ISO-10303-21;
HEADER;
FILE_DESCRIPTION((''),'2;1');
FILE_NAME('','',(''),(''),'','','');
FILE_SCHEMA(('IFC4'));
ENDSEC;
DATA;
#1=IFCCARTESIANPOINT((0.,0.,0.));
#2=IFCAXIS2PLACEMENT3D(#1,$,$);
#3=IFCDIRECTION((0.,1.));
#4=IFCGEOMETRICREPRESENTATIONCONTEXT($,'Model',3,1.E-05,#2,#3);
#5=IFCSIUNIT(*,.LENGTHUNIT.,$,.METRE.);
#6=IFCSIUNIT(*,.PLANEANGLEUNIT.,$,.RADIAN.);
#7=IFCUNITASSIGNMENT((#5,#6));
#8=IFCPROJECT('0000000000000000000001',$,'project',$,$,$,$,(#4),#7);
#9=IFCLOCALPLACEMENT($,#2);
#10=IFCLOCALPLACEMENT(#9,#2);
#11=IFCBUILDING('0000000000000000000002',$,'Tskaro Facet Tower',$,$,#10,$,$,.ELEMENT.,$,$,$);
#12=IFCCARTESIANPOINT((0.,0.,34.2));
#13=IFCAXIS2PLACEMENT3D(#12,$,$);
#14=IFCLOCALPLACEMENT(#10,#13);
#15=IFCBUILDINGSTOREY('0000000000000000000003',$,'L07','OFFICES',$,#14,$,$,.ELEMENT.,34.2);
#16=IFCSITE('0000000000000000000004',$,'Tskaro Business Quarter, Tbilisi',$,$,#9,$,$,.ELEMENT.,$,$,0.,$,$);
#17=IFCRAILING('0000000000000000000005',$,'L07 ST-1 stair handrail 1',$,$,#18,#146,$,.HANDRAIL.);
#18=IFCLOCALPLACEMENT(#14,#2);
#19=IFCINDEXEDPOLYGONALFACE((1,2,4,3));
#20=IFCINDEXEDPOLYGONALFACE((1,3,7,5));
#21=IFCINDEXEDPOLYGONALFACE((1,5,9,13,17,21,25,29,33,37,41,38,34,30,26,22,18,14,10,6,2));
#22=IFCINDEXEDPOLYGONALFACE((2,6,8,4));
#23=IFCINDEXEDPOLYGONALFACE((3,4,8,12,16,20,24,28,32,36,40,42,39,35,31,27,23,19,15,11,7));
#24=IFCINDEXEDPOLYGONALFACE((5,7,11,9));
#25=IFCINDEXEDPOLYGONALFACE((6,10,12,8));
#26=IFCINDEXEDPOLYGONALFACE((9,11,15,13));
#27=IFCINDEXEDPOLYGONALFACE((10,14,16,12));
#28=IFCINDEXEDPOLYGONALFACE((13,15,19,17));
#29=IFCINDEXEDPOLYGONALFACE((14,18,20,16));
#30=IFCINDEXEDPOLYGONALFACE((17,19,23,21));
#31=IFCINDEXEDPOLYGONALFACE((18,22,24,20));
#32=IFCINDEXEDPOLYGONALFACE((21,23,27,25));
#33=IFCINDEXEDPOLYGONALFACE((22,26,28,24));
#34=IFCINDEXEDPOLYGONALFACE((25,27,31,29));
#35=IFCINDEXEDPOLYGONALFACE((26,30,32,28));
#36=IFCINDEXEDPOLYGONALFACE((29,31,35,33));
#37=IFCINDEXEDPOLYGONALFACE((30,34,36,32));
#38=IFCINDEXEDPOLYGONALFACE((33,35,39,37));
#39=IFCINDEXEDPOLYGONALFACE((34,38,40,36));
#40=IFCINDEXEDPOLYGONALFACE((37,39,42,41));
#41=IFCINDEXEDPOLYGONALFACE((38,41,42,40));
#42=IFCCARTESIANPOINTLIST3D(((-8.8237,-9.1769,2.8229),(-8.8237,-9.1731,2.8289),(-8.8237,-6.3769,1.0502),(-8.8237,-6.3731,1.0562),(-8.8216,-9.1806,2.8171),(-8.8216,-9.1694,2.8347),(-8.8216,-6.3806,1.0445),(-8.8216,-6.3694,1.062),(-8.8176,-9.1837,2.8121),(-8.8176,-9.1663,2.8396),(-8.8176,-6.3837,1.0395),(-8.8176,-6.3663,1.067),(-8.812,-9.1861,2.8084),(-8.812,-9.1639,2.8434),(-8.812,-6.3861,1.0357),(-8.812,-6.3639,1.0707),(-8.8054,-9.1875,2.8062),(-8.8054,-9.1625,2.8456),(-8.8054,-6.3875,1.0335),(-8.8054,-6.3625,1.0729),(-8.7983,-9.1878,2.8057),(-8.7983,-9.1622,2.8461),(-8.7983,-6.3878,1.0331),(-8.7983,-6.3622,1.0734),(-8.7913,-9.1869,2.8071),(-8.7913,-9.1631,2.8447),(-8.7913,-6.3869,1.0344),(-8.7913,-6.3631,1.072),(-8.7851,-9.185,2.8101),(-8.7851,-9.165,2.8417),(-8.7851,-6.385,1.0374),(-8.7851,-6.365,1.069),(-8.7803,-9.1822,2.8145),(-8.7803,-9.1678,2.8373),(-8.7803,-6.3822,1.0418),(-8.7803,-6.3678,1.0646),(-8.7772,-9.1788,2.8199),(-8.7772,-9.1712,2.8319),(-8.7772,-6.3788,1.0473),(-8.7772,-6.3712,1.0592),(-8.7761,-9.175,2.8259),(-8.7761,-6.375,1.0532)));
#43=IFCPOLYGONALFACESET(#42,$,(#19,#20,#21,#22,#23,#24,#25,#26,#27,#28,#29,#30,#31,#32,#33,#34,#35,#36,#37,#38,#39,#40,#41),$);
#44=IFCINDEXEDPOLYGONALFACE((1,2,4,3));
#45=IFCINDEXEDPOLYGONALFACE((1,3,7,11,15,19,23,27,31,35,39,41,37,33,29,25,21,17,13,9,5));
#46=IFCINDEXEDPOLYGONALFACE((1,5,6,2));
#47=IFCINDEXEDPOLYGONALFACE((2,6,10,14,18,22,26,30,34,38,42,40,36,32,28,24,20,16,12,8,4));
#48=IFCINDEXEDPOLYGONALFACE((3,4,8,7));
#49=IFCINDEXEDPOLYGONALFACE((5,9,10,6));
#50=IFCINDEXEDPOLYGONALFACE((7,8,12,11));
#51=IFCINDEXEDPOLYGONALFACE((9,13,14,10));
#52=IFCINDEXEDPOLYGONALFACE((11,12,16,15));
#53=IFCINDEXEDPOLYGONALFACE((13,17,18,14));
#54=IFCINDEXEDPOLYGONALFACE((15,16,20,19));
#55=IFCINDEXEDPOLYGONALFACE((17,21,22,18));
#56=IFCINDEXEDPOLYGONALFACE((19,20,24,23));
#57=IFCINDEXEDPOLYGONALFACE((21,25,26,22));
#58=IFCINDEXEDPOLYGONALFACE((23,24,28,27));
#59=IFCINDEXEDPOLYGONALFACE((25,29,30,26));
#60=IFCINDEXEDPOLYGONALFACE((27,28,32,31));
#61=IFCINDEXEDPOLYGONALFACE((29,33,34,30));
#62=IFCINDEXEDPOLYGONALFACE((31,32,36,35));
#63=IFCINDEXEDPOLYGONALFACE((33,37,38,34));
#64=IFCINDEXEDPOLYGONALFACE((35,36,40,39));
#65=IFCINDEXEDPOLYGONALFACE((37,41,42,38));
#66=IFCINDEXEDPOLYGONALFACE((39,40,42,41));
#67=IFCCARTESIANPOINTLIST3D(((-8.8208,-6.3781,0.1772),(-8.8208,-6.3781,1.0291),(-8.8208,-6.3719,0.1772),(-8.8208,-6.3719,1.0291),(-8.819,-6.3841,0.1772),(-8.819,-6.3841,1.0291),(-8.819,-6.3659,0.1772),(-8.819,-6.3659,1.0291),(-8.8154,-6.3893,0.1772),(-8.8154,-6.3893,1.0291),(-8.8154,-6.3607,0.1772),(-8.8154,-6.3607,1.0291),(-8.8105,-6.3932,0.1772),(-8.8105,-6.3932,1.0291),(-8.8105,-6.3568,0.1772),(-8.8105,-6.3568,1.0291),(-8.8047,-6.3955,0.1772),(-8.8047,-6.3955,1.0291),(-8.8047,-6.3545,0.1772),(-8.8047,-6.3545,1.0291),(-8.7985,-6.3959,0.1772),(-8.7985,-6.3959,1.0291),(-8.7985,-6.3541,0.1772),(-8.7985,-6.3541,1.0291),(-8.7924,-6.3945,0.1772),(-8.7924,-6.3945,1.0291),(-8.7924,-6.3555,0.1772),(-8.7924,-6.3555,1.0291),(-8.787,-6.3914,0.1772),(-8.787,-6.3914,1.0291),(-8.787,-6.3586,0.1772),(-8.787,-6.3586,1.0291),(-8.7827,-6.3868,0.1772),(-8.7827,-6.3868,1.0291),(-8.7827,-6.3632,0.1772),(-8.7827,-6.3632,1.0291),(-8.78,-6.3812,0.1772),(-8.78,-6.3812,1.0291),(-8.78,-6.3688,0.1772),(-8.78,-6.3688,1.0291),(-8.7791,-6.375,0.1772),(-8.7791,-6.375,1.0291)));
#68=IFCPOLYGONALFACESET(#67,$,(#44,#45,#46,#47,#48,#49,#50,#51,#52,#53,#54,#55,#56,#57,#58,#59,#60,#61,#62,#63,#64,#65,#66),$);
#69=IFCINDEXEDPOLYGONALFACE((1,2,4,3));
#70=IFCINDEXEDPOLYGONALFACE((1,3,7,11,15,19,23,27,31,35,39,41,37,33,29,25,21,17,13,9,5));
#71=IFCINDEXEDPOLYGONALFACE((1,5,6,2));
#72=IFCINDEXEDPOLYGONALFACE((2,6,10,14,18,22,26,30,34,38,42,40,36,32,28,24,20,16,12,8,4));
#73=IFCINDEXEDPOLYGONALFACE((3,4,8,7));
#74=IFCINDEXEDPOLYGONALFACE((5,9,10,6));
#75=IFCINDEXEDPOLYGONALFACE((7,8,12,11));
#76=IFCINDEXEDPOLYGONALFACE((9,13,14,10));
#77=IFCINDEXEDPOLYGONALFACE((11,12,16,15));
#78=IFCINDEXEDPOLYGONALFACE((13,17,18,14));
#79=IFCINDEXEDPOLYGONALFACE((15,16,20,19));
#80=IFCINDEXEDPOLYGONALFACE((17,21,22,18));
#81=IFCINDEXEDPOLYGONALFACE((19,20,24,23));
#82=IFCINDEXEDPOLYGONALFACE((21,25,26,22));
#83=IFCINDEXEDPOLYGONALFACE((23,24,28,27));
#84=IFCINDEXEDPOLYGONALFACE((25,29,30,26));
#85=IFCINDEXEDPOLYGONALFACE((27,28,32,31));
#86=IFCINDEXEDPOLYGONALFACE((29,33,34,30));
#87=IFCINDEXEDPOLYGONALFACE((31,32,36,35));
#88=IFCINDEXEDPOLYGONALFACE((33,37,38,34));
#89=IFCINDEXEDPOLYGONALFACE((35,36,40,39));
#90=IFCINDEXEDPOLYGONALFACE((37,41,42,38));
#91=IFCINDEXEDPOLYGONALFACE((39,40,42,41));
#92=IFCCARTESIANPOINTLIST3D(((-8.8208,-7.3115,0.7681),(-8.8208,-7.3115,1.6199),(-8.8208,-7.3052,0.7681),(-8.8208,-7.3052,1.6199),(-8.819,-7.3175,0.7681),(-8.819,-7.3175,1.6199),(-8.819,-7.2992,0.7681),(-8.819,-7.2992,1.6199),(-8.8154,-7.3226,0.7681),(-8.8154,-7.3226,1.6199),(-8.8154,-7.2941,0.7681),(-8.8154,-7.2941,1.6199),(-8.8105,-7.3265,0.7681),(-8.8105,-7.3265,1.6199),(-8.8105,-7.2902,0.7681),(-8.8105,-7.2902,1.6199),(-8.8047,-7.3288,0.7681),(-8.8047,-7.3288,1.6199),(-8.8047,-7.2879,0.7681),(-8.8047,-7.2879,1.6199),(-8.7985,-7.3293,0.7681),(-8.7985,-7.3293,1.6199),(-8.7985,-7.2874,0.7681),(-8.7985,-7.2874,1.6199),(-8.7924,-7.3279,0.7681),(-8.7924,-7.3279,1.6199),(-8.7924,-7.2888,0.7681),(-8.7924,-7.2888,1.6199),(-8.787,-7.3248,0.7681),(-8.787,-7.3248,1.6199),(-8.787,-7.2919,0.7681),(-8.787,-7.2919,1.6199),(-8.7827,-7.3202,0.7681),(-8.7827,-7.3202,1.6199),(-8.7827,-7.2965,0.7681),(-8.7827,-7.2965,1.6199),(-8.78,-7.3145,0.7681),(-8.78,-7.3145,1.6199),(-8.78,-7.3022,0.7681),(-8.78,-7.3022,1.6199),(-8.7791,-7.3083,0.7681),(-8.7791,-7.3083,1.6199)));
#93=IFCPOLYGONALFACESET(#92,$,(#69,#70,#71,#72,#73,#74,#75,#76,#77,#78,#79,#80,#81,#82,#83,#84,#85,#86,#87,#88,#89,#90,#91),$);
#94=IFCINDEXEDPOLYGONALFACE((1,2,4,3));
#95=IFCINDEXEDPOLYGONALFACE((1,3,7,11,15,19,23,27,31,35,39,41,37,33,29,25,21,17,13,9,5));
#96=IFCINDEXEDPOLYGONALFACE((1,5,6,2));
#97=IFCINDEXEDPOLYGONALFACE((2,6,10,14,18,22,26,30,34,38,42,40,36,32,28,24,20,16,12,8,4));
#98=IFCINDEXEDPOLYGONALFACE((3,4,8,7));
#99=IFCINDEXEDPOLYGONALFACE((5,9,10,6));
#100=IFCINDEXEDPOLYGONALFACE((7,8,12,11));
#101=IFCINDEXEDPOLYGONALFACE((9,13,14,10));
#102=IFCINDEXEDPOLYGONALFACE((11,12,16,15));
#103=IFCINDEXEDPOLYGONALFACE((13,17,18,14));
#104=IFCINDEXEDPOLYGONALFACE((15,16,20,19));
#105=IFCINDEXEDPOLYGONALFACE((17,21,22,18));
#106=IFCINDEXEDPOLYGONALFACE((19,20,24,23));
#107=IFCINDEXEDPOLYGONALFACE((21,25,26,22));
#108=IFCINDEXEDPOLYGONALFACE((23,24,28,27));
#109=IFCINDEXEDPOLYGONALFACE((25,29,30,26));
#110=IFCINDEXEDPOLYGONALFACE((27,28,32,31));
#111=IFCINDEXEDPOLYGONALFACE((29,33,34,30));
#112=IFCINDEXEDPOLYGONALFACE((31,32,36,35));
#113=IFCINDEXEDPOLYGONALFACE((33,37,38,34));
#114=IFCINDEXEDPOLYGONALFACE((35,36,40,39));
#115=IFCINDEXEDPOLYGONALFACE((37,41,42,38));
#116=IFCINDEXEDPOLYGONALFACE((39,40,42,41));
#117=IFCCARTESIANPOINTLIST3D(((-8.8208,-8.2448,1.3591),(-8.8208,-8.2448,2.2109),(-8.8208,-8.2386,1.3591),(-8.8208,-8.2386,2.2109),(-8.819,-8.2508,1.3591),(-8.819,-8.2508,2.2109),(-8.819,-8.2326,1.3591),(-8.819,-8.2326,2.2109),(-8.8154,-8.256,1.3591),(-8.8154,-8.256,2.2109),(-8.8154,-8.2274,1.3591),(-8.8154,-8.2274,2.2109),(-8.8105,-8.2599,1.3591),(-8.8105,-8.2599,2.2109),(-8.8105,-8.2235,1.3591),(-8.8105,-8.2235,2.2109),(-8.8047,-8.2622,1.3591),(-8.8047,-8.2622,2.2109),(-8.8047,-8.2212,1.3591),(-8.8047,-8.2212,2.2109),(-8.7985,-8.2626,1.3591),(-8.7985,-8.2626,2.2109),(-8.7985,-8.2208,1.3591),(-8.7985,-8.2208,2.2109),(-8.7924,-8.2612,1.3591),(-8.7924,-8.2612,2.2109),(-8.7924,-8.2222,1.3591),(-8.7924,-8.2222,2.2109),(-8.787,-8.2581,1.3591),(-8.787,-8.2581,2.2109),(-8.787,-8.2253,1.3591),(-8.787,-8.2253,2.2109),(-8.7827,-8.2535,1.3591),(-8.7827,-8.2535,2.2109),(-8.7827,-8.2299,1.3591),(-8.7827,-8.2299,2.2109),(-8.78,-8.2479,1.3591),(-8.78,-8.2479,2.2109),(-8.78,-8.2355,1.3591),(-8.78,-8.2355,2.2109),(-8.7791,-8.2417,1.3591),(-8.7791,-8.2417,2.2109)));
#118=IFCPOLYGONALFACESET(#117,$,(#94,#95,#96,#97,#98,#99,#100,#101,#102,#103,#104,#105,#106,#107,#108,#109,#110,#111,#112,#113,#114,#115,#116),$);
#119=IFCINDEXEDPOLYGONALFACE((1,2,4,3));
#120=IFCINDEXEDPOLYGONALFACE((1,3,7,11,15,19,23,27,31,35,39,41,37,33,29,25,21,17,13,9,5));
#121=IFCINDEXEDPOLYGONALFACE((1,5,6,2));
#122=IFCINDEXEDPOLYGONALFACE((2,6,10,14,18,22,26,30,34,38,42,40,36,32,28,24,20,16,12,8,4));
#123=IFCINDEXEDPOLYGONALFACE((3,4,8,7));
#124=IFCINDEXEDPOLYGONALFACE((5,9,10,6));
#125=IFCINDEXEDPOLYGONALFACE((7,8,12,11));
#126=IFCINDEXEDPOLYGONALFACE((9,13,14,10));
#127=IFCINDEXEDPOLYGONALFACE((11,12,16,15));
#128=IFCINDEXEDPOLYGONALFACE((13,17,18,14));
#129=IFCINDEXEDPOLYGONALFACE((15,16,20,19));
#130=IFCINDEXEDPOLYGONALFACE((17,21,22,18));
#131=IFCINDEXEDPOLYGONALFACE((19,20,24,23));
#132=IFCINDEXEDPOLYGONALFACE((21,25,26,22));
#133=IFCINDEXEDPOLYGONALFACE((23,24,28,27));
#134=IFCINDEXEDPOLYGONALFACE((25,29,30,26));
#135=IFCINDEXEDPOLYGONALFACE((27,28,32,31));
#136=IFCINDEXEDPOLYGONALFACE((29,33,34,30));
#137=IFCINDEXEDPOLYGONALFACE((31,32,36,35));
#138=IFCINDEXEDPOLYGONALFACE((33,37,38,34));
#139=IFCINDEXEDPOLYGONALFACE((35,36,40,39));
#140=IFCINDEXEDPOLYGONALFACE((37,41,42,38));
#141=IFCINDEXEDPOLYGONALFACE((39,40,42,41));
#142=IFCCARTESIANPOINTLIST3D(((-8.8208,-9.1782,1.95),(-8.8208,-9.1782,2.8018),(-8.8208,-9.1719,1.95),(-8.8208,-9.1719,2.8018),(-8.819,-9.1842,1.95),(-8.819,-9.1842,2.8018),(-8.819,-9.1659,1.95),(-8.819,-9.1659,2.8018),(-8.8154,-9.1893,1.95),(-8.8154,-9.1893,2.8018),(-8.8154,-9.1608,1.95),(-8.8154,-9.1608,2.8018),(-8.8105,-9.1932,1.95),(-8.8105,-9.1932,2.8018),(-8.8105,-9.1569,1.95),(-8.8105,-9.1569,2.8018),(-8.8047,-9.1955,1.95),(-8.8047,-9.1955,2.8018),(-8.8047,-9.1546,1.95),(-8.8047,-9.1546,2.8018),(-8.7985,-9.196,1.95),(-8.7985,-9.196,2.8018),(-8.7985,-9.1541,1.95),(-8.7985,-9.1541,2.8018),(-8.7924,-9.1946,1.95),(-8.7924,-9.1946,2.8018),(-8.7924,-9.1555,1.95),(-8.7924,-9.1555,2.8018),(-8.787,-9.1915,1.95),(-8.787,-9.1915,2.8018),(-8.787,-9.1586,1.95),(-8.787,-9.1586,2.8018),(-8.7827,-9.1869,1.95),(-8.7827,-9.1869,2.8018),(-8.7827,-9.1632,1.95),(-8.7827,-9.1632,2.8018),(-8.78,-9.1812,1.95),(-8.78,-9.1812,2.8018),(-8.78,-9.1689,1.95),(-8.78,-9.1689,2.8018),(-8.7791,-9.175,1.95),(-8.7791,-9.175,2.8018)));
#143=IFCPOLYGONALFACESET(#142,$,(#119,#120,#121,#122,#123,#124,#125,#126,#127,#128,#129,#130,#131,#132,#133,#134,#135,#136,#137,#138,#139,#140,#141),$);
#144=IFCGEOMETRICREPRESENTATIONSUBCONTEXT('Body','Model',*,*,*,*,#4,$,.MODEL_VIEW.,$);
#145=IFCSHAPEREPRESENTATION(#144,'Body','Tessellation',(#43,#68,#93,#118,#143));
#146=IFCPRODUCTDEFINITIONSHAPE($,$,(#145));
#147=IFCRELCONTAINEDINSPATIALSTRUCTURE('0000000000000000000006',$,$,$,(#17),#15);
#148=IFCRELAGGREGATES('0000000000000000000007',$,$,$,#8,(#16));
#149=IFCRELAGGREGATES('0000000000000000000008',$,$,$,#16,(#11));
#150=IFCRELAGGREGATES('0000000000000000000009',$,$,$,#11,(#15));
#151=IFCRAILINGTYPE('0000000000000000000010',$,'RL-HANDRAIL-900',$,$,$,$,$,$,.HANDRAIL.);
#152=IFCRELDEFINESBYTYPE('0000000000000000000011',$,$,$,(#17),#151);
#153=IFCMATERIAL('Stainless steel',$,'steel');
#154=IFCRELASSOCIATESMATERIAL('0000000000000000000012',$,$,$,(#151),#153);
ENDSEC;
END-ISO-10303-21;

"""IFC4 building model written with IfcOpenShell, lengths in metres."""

from ifc_helpers import new_model, si_unit, direction, frame, origin, origin_2d, place, context, subcontext, project, spatial, circle, extrude, material, type_object, element, save


model = new_model("IFC4")

# Units and contexts
model_context = context("Model", 3, precision=1e-05, world=origin(), true_north=direction((0.0, 1.0)))
body_context = subcontext(model_context, "Body", "Model", "MODEL_VIEW")
ifc_project = project(units=[si_unit("LENGTHUNIT", "METRE"), si_unit("PLANEANGLEUNIT", "RADIAN")], contexts=[model_context])

# Site, building, storey
site_placement = place(None, origin())
site = spatial("IfcSite", under=ifc_project, at=site_placement, Name="Tskaro Business Quarter, Tbilisi", CompositionType="ELEMENT", RefElevation=0.0)
building_placement = place(site_placement, origin())
building = spatial("IfcBuilding", under=site, at=building_placement, Name="Tskaro Facet Tower", CompositionType="ELEMENT")
storey_placement = place(building_placement, frame((0.0, 0.0, 34.2)))
storey = spatial("IfcBuildingStorey", under=building, at=storey_placement, Name="L07", Description="OFFICES", CompositionType="ELEMENT", Elevation=34.2)

# Shared definitions
ifc_material_1 = material(Name="Stainless steel", Category="steel")

# Railing
railing_type_1 = type_object("IfcRailingType", Name="RL-HANDRAIL-900", PredefinedType="HANDRAIL", material=ifc_material_1)
railing_1_placement = place(storey_placement, frame((-8.8, -6.375, 0.1772)))
element("IfcRailing", 1, at=railing_1_placement, inside=storey, type_object=railing_type_1, Name="L07 ST-1 stair handrail 1", PredefinedType="HANDRAIL", context=body_context, shape_type="SweptSolid", body=[
    extrude(circle(Radius=0.0239, at=origin_2d()), frame((0.0, 0.0, 0.876), z_axis=(0.0, -0.844909, 0.53491), x_axis=(1.0, 0.0, 0.0)), (0.0, 0.0, 1.0), 3.314),
    extrude(circle(Radius=0.021, at=origin_2d()), origin(), (0.0, 0.0, 1.0), 0.8518),
    extrude(circle(Radius=0.021, at=origin_2d()), frame((0.0, -0.9333, 0.5908)), (0.0, 0.0, 1.0), 0.8518),
    extrude(circle(Radius=0.021, at=origin_2d()), frame((0.0, -1.8667, 1.1819)), (0.0, 0.0, 1.0), 0.8518),
    extrude(circle(Radius=0.021, at=origin_2d()), frame((0.0, -2.8, 1.7727)), (0.0, 0.0, 1.0), 0.8518),
])

save(model, "model.ifc")
